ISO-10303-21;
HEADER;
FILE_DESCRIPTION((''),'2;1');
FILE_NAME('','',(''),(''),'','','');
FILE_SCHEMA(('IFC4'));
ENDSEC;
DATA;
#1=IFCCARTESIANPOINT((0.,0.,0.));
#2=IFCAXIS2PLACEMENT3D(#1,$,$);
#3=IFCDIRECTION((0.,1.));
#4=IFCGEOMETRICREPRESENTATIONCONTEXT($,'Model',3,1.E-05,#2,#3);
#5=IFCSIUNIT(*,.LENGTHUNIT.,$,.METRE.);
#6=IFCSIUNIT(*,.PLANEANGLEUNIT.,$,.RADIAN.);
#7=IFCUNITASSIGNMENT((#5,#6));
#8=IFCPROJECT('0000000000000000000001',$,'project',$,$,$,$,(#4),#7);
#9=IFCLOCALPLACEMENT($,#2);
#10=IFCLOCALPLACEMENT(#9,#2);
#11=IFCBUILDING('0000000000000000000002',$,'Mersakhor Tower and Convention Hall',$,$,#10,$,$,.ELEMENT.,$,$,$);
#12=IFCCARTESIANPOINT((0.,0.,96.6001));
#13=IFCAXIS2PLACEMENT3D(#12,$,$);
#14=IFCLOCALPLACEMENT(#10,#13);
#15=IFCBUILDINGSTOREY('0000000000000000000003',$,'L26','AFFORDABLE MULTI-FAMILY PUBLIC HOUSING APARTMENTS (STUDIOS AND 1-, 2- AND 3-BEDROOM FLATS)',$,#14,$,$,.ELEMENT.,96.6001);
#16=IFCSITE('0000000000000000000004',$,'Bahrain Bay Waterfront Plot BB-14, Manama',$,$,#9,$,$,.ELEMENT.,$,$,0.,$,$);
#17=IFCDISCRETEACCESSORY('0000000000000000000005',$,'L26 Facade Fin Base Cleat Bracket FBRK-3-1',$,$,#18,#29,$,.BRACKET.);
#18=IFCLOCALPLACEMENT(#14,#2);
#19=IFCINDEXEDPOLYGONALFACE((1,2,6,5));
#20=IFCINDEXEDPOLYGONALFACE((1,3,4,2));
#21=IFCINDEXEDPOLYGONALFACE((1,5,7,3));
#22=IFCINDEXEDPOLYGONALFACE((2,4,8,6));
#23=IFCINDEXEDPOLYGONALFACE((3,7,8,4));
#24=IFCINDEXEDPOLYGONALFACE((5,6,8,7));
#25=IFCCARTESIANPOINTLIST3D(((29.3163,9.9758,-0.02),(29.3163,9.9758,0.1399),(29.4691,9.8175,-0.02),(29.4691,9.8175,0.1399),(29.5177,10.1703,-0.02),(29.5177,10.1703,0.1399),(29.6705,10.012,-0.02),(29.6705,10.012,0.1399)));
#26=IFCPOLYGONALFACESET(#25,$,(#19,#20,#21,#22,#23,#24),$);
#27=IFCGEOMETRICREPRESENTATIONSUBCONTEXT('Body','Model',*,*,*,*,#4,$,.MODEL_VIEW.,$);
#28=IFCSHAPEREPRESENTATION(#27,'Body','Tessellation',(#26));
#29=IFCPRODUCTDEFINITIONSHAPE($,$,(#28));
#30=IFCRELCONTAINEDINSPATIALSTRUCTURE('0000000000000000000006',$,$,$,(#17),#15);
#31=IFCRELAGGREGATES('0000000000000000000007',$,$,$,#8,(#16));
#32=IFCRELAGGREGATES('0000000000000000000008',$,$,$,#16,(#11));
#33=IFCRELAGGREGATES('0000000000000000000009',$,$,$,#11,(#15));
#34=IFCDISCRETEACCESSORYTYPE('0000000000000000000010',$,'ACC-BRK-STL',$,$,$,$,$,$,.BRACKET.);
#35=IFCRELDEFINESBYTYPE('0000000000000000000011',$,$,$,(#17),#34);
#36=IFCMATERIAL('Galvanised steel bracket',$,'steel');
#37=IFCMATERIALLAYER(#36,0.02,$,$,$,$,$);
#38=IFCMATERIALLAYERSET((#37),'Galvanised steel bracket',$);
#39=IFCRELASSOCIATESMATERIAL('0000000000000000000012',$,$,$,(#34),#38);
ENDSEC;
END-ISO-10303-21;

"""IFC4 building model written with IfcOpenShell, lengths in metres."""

from ifc_helpers import new_model, si_unit, direction, frame, origin, origin_2d, place, context, subcontext, project, spatial, rectangle, extrude, material, layer, layer_set, type_object, element, save


model = new_model("IFC4")

# Units and contexts
model_context = context("Model", 3, precision=1e-05, world=origin(), true_north=direction((0.0, 1.0)))
body_context = subcontext(model_context, "Body", "Model", "MODEL_VIEW")
ifc_project = project(units=[si_unit("LENGTHUNIT", "METRE"), si_unit("PLANEANGLEUNIT", "RADIAN")], contexts=[model_context])

# Site, building, storey
site_placement = place(None, origin())
site = spatial("IfcSite", under=ifc_project, at=site_placement, Name="Bahrain Bay Waterfront Plot BB-14, Manama", CompositionType="ELEMENT", RefElevation=0.0)
building_placement = place(site_placement, origin())
building = spatial("IfcBuilding", under=site, at=building_placement, Name="Mersakhor Tower and Convention Hall", CompositionType="ELEMENT")
storey_placement = place(building_placement, frame((0.0, 0.0, 96.6001)))
storey = spatial("IfcBuildingStorey", under=building, at=storey_placement, Name="L26", Description="AFFORDABLE MULTI-FAMILY PUBLIC HOUSING APARTMENTS (STUDIOS AND 1-, 2- AND 3-BEDROOM FLATS)", CompositionType="ELEMENT", Elevation=96.6001)

# Discrete accessory
ifc_material_1 = material(Name="Galvanised steel bracket", Category="steel")
ifc_layer_1 = layer(ifc_material_1, 0.02)
ifc_layer_set_1 = layer_set([ifc_layer_1], Name="Galvanised steel bracket")
discrete_accessory_type = type_object("IfcDiscreteAccessoryType", Name="ACC-BRK-STL", PredefinedType="BRACKET", material=ifc_layer_set_1)
discrete_accessory_placement = place(storey_placement, frame((29.4934, 9.9939, -0.02), z_axis=(0.0, 0.0, 1.0), x_axis=(-0.71934, -0.694658, 0.0)))
element("IfcDiscreteAccessory", 1, at=discrete_accessory_placement, inside=storey, type_object=discrete_accessory_type, Name="L26 Facade Fin Base Cleat Bracket FBRK-3-1", PredefinedType="BRACKET", context=body_context, shape_type="SweptSolid", body=[
    extrude(rectangle(XDim=0.28, YDim=0.22, at=origin_2d()), origin(), (0.0, 0.0, 1.0), 0.1599),
])

save(model, "model.ifc")
